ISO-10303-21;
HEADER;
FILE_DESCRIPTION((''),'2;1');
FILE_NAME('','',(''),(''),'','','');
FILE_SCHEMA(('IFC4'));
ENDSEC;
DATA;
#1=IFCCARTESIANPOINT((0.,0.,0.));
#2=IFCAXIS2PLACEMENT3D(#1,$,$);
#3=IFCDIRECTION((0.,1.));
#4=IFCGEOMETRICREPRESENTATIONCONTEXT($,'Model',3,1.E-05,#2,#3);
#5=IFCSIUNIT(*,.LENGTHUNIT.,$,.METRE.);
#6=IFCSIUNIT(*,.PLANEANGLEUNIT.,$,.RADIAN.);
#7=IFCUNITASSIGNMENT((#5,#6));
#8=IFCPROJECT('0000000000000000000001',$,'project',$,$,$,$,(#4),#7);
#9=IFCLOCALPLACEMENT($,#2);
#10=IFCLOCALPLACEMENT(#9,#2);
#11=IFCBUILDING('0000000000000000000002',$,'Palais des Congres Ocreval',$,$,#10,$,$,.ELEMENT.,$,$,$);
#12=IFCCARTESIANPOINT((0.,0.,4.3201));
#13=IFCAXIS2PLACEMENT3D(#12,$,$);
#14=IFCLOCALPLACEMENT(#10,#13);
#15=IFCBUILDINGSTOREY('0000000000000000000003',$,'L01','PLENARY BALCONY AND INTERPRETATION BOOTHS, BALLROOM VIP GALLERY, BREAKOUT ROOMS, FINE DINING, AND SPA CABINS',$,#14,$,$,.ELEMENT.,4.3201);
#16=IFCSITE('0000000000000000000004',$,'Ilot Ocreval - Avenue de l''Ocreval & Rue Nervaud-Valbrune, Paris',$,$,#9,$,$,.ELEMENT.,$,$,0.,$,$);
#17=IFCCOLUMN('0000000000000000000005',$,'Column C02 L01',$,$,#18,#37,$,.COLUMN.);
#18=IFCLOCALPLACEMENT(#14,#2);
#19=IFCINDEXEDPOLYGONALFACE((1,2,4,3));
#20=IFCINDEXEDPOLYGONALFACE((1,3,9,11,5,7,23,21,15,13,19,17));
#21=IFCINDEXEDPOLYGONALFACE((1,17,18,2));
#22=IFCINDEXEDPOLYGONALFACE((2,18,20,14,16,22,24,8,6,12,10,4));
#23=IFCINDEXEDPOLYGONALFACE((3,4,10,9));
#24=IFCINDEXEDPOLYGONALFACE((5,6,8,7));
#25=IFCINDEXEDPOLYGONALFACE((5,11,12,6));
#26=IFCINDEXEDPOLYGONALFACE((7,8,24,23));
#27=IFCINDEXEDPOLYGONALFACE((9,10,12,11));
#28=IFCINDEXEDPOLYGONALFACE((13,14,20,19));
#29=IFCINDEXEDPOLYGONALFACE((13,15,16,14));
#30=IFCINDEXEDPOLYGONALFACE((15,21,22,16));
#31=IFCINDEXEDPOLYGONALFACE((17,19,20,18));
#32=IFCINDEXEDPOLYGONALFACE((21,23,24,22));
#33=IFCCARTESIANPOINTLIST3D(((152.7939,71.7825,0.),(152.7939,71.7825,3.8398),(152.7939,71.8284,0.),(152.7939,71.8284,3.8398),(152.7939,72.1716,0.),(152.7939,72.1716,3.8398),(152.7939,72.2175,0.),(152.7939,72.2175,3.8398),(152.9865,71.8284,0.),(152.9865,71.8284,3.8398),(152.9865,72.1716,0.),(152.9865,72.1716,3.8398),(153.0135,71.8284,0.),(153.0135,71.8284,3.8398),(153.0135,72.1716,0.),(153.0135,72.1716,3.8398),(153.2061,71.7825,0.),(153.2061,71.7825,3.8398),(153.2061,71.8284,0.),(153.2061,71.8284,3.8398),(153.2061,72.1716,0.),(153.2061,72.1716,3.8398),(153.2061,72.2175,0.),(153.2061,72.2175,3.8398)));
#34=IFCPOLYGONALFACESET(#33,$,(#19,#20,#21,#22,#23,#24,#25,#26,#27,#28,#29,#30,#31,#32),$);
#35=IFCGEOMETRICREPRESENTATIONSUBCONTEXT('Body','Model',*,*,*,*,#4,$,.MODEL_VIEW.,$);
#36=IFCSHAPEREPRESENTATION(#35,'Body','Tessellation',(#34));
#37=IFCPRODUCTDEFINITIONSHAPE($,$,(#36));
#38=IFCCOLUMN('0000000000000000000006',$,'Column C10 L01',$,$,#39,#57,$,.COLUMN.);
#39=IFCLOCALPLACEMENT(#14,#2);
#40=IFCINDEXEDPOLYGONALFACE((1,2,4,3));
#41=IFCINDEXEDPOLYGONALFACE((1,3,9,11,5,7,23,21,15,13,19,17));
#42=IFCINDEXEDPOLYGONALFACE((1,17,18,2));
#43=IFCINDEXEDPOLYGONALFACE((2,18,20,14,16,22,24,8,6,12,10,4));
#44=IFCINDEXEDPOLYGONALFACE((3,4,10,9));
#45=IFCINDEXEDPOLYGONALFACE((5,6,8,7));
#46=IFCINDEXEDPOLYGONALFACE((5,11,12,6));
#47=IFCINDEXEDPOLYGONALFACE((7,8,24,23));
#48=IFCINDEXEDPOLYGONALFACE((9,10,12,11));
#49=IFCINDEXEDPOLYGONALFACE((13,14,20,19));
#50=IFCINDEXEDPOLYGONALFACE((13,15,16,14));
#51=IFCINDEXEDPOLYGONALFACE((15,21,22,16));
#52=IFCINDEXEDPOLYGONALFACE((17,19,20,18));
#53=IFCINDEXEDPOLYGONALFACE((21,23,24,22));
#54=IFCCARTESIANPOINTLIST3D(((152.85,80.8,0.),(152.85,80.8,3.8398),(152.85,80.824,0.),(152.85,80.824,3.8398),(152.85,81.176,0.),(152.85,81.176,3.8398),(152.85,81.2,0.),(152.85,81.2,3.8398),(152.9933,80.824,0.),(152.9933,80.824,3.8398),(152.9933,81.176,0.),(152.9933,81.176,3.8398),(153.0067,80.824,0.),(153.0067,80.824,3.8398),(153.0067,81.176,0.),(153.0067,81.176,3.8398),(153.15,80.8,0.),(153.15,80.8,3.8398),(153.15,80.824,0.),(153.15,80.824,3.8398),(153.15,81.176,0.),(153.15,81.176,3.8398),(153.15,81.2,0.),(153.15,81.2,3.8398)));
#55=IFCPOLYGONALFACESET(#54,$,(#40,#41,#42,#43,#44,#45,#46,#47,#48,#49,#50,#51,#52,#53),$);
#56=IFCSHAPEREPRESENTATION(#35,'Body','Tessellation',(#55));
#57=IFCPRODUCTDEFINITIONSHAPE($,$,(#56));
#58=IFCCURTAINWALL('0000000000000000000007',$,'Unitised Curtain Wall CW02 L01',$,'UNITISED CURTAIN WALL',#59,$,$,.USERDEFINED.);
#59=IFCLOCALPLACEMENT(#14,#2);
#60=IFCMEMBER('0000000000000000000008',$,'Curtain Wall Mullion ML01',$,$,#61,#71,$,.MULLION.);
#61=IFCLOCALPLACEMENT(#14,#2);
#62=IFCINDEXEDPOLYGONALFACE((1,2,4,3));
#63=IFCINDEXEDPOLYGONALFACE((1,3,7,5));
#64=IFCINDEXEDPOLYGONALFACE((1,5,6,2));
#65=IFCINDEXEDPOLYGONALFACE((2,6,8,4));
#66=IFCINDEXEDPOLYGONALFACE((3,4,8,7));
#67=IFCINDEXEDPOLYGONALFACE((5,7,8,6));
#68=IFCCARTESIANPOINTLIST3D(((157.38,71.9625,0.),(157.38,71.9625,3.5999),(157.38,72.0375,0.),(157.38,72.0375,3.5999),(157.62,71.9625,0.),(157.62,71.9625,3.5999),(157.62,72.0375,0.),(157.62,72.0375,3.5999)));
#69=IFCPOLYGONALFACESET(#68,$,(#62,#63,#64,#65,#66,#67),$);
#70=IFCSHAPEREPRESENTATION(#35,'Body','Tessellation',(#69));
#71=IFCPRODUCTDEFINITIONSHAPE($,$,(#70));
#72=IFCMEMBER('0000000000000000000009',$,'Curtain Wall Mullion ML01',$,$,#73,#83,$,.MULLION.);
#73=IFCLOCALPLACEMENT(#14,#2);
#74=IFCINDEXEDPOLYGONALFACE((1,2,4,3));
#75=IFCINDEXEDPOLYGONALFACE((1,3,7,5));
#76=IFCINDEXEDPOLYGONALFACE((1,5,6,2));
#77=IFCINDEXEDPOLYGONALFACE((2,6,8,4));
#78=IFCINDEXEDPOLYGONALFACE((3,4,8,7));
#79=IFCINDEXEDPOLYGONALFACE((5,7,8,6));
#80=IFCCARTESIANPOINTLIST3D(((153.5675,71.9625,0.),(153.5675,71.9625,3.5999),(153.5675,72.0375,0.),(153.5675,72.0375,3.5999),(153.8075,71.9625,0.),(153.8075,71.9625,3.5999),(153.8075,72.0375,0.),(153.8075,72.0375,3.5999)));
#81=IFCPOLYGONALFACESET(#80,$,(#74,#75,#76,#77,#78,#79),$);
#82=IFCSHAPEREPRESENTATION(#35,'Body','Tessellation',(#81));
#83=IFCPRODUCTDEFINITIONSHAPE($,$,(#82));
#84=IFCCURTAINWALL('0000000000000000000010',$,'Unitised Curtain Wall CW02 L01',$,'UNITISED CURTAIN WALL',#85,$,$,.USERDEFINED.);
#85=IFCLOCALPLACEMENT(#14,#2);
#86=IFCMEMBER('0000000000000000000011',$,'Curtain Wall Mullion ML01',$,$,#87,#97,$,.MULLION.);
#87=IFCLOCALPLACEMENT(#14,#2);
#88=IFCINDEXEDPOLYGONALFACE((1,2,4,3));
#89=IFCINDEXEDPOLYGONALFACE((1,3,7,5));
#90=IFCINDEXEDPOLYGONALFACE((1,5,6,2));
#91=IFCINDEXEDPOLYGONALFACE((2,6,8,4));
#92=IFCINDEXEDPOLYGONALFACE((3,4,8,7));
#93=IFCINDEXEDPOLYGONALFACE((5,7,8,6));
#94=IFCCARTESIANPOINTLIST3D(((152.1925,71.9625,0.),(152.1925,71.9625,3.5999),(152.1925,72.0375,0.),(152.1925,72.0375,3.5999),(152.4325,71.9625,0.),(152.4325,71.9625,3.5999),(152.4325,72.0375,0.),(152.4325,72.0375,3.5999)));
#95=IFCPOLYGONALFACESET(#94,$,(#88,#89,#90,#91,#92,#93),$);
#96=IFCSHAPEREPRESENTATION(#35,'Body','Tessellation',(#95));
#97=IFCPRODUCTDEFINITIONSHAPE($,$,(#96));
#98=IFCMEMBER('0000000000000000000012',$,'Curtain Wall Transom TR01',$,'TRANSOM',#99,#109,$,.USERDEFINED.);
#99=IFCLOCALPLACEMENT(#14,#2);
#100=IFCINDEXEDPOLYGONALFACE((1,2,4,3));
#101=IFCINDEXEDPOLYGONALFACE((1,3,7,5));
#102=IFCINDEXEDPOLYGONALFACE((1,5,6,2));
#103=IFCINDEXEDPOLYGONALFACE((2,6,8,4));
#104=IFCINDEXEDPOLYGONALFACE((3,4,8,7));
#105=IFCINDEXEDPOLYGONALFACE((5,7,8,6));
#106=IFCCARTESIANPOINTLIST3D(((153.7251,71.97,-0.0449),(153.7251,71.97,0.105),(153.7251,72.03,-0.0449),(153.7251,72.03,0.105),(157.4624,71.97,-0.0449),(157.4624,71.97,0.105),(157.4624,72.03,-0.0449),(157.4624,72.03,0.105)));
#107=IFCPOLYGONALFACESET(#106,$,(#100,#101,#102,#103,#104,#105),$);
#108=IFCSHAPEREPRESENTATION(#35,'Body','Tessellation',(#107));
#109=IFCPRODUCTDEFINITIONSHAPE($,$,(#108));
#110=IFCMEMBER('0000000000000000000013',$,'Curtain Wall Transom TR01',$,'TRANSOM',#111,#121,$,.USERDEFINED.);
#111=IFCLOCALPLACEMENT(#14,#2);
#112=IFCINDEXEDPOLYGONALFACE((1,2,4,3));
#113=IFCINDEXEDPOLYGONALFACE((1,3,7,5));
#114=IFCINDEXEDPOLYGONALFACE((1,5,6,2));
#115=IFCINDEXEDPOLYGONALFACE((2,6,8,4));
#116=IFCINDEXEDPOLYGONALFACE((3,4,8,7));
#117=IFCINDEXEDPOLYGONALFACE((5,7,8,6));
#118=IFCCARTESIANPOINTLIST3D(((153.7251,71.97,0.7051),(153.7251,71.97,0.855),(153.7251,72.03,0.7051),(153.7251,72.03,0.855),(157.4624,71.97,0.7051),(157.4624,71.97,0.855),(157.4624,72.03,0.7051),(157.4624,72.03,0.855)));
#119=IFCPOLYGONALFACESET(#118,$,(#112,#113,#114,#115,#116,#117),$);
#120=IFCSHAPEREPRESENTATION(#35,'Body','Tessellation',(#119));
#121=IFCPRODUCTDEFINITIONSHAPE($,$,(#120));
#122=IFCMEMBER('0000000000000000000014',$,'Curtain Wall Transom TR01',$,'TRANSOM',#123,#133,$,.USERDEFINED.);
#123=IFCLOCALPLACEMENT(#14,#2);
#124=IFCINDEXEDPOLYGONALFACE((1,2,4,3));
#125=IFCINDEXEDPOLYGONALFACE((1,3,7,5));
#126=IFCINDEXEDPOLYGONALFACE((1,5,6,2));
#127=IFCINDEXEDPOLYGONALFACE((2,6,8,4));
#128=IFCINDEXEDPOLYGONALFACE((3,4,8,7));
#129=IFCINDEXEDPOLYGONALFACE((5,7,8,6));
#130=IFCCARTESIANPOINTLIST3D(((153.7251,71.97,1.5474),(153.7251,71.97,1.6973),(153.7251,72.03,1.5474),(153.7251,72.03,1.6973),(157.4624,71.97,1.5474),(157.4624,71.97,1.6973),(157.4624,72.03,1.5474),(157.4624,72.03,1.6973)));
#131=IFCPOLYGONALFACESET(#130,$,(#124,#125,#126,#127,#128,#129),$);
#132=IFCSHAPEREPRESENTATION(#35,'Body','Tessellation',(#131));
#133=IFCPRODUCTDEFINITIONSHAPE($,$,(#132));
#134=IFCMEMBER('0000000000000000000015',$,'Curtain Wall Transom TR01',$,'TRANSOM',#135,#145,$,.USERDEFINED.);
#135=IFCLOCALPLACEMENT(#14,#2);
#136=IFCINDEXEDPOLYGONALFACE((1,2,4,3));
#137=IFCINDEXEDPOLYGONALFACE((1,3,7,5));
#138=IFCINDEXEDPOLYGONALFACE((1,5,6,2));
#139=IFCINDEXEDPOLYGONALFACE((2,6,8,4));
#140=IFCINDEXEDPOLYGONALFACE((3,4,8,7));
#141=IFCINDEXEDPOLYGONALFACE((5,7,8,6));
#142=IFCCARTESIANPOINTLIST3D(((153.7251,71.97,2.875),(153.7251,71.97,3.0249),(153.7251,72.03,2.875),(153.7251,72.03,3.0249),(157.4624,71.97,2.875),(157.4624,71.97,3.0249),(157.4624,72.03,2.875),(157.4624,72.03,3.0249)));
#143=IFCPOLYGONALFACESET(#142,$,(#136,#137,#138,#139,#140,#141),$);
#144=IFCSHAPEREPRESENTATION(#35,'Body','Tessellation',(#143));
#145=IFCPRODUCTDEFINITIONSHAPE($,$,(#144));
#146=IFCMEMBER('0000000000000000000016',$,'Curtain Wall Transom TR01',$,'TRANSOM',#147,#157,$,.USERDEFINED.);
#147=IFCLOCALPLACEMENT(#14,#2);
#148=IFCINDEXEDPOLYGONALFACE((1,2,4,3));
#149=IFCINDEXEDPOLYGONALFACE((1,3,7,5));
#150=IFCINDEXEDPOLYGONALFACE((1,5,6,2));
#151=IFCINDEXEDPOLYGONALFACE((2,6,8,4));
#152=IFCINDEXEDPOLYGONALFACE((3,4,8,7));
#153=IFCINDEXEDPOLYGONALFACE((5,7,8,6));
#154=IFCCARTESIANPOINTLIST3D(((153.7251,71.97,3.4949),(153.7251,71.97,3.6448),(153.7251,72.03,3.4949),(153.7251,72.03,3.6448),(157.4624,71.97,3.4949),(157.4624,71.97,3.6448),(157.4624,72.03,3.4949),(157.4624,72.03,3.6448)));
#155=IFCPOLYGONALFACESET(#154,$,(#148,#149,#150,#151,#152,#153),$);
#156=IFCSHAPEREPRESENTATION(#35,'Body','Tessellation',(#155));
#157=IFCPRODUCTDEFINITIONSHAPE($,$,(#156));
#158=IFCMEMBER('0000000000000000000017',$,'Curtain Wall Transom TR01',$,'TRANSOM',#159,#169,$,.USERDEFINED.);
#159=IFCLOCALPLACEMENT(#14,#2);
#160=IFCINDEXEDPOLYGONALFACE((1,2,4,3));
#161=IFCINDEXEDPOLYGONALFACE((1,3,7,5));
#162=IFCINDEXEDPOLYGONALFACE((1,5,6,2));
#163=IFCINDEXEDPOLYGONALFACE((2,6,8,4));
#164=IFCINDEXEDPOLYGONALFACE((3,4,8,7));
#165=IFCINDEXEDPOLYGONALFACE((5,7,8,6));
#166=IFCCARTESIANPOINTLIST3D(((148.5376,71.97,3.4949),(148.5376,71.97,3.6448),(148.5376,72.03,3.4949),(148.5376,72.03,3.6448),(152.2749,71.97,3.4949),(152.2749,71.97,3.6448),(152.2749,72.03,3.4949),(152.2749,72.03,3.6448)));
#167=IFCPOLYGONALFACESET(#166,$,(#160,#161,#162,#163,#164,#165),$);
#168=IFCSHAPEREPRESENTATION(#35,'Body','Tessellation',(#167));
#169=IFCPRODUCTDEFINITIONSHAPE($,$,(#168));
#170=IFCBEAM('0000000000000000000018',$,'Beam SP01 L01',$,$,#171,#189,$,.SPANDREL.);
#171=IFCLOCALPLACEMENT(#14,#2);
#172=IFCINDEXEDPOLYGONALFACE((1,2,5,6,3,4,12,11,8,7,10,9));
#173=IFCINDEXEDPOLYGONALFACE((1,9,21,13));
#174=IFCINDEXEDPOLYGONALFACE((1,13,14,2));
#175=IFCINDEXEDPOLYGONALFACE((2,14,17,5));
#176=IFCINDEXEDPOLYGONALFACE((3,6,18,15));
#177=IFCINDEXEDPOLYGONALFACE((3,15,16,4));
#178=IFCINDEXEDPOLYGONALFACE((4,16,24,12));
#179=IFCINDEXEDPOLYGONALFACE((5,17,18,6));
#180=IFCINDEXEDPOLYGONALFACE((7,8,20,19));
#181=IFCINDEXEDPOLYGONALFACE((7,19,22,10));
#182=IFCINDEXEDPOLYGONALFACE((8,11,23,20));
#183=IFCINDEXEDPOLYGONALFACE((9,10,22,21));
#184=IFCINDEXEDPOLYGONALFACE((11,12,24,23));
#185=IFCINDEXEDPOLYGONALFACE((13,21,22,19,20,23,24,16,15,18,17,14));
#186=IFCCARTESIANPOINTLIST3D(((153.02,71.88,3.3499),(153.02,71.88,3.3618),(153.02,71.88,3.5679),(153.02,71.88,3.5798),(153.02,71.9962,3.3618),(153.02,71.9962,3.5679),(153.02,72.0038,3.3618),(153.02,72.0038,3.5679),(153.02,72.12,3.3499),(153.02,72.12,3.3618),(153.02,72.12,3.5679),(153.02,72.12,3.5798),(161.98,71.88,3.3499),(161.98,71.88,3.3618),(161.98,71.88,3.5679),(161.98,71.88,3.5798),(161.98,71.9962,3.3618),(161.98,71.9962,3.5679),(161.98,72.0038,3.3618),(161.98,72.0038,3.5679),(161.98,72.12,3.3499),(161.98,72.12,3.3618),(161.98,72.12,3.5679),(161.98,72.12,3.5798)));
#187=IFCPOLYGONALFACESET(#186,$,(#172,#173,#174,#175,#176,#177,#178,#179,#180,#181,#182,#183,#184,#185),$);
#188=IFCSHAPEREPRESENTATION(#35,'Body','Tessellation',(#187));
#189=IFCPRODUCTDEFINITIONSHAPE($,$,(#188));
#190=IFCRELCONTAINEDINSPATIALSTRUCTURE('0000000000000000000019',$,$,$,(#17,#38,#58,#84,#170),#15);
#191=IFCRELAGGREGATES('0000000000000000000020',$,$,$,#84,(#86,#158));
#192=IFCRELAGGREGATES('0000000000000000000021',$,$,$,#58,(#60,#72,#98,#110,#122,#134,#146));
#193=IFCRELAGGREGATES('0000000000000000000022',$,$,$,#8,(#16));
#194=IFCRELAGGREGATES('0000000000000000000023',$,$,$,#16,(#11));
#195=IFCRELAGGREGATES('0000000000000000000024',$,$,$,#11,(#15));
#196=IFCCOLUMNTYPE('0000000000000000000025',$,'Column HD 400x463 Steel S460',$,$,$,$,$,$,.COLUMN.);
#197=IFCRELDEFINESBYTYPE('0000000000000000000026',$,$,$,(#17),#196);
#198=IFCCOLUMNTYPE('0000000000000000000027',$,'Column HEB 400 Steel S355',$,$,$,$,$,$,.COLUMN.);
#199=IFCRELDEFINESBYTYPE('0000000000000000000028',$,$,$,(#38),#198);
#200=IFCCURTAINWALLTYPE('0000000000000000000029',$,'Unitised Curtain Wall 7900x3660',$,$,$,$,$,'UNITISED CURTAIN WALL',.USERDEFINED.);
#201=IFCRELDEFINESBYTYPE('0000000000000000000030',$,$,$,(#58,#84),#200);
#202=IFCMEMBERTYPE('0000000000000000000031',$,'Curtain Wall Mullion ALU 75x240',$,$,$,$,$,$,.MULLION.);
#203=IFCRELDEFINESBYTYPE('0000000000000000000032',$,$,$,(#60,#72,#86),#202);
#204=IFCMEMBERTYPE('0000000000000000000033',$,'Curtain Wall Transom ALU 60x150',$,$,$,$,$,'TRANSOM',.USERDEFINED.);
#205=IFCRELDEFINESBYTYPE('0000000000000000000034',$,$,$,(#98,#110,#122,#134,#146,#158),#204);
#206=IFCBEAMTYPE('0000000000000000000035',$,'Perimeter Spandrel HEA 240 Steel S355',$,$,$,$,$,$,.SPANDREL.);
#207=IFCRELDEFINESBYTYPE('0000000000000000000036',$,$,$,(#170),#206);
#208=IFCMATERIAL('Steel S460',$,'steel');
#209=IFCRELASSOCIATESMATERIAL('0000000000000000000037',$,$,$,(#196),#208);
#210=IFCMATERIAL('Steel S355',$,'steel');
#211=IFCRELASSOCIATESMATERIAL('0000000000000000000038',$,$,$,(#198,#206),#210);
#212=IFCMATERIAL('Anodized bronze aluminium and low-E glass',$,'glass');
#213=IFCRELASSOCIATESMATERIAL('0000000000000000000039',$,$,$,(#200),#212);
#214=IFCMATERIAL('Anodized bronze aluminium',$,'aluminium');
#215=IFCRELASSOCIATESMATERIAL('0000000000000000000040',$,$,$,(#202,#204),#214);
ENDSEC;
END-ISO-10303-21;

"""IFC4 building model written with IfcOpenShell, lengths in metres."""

from ifc_helpers import new_model, si_unit, direction, frame, origin, origin_2d, place, context, subcontext, project, spatial, rectangle, i_section, extrude, material, material_profile, profile_set, type_object, element, aggregate, save


model = new_model("IFC4")

# Units and contexts
model_context = context("Model", 3, precision=1e-05, world=origin(), true_north=direction((0.0, 1.0)))
body_context = subcontext(model_context, "Body", "Model", "MODEL_VIEW")
ifc_project = project(units=[si_unit("LENGTHUNIT", "METRE"), si_unit("PLANEANGLEUNIT", "RADIAN")], contexts=[model_context])

# Site, building, storey
site_placement = place(None, origin())
site = spatial("IfcSite", under=ifc_project, at=site_placement, Name="Ilot Ocreval - Avenue de l'Ocreval & Rue Nervaud-Valbrune, Paris", CompositionType="ELEMENT", RefElevation=0.0)
building_placement = place(site_placement, origin())
building = spatial("IfcBuilding", under=site, at=building_placement, Name="Palais des Congres Ocreval", CompositionType="ELEMENT")
storey_placement = place(building_placement, frame((0.0, 0.0, 4.3201)))
storey = spatial("IfcBuildingStorey", under=building, at=storey_placement, Name="L01", Description="PLENARY BALCONY AND INTERPRETATION BOOTHS, BALLROOM VIP GALLERY, BREAKOUT ROOMS, FINE DINING, AND SPA CABINS", CompositionType="ELEMENT", Elevation=4.3201)

# Columns
ifc_material_1 = material(Name="Steel S460", Category="steel")
ifc_material_profile_1 = material_profile(ifc_material_1, i_section(OverallWidth=0.4121, OverallDepth=0.4351, WebThickness=0.0271, FlangeThickness=0.0459, at=origin_2d()), Name="HD 400x463")
ifc_profile_set_1 = profile_set([ifc_material_profile_1], Name="Steel S460")
column_type_1 = type_object("IfcColumnType", Name="Column HD 400x463 Steel S460", PredefinedType="COLUMN", material=ifc_profile_set_1)
column_1_placement = place(storey_placement, frame((153.0, 72.0, 0.0), z_axis=(0.0, 0.0, 1.0), x_axis=(1.0, 0.0, 0.0)))
element("IfcColumn", 1, at=column_1_placement, inside=storey, type_object=column_type_1, Name="Column C02 L01", PredefinedType="COLUMN", context=body_context, shape_type="SweptSolid", body=[
    extrude(i_section(OverallWidth=0.4121, OverallDepth=0.4351, WebThickness=0.0271, FlangeThickness=0.0459, at=origin_2d()), origin(), (0.0, 0.0, 1.0), 3.8398),
])
ifc_material_2 = material(Name="Steel S355", Category="steel")
ifc_material_profile_2 = material_profile(ifc_material_2, i_section(OverallWidth=0.3, OverallDepth=0.3999, WebThickness=0.0134, FlangeThickness=0.0239, at=origin_2d()), Name="HEB 400")
ifc_profile_set_2 = profile_set([ifc_material_profile_2], Name="Steel S355")
column_type_2 = type_object("IfcColumnType", Name="Column HEB 400 Steel S355", PredefinedType="COLUMN", material=ifc_profile_set_2)
column_2_placement = place(storey_placement, frame((153.0, 81.0, 0.0), z_axis=(0.0, 0.0, 1.0), x_axis=(1.0, 0.0, 0.0)))
element("IfcColumn", 2, at=column_2_placement, inside=storey, type_object=column_type_2, Name="Column C10 L01", PredefinedType="COLUMN", context=body_context, shape_type="SweptSolid", body=[
    extrude(i_section(OverallWidth=0.3, OverallDepth=0.3999, WebThickness=0.0134, FlangeThickness=0.0239, at=origin_2d()), origin(), (0.0, 0.0, 1.0), 3.8398),
])

# Curtain wall, members
ifc_material_3 = material(Name="Anodized bronze aluminium and low-E glass", Category="glass")
curtain_wall_type = type_object("IfcCurtainWallType", Name="Unitised Curtain Wall 7900x3660", ElementType="UNITISED CURTAIN WALL", PredefinedType="USERDEFINED", material=ifc_material_3)
curtain_wall_1_placement = place(storey_placement, origin())
curtain_wall_1 = element("IfcCurtainWall", 3, at=curtain_wall_1_placement, inside=storey, type_object=curtain_wall_type, Name="Unitised Curtain Wall CW02 L01", ObjectType="UNITISED CURTAIN WALL", PredefinedType="USERDEFINED")
ifc_material_4 = material(Name="Anodized bronze aluminium", Category="aluminium")
ifc_material_profile_3 = material_profile(ifc_material_4, rectangle(XDim=0.075, YDim=0.24, at=origin_2d()), Name="ALU 75x240")
ifc_profile_set_3 = profile_set([ifc_material_profile_3], Name="Anodized bronze aluminium")
member_type_1 = type_object("IfcMemberType", Name="Curtain Wall Mullion ALU 75x240", PredefinedType="MULLION", material=ifc_profile_set_3)
member_1_placement = place(storey_placement, frame((157.5, 72.0, 0.0), z_axis=(0.0, 0.0, 1.0), x_axis=(0.0, -1.0, 0.0)))
member_1 = element("IfcMember", 4, at=member_1_placement, type_object=member_type_1, Name="Curtain Wall Mullion ML01", PredefinedType="MULLION", context=body_context, shape_type="SweptSolid", body=[
    extrude(rectangle(XDim=0.075, YDim=0.24, at=origin_2d()), origin(), (0.0, 0.0, 1.0), 3.5999),
])
member_2_placement = place(storey_placement, frame((153.6875, 72.0, 0.0), z_axis=(0.0, 0.0, 1.0), x_axis=(0.0, -1.0, 0.0)))
member_2 = element("IfcMember", 5, at=member_2_placement, type_object=member_type_1, Name="Curtain Wall Mullion ML01", PredefinedType="MULLION", context=body_context, shape_type="SweptSolid", body=[
    extrude(rectangle(XDim=0.075, YDim=0.24, at=origin_2d()), origin(), (0.0, 0.0, 1.0), 3.5999),
])

# Curtain wall, member
curtain_wall_2_placement = place(storey_placement, origin())
curtain_wall_2 = element("IfcCurtainWall", 6, at=curtain_wall_2_placement, inside=storey, type_object=curtain_wall_type, Name="Unitised Curtain Wall CW02 L01", ObjectType="UNITISED CURTAIN WALL", PredefinedType="USERDEFINED")
member_3_placement = place(storey_placement, frame((152.3125, 72.0, 0.0), z_axis=(0.0, 0.0, 1.0), x_axis=(0.0, -1.0, 0.0)))
member_3 = element("IfcMember", 7, at=member_3_placement, type_object=member_type_1, Name="Curtain Wall Mullion ML01", PredefinedType="MULLION", context=body_context, shape_type="SweptSolid", body=[
    extrude(rectangle(XDim=0.075, YDim=0.24, at=origin_2d()), origin(), (0.0, 0.0, 1.0), 3.5999),
])

# Members
ifc_material_profile_4 = material_profile(ifc_material_4, rectangle(XDim=0.0601, YDim=0.1499, at=origin_2d()), Name="ALU 60x150")
ifc_profile_set_4 = profile_set([ifc_material_profile_4], Name="Anodized bronze aluminium")
member_type_2 = type_object("IfcMemberType", Name="Curtain Wall Transom ALU 60x150", ElementType="TRANSOM", PredefinedType="USERDEFINED", material=ifc_profile_set_4)
member_4_placement = place(storey_placement, frame((157.4624, 72.0, 0.03), z_axis=(-1.0, 0.0, 0.0), x_axis=(0.0, -1.0, 0.0)))
member_4 = element("IfcMember", 8, at=member_4_placement, type_object=member_type_2, Name="Curtain Wall Transom TR01", ObjectType="TRANSOM", PredefinedType="USERDEFINED", context=body_context, shape_type="SweptSolid", body=[
    extrude(rectangle(XDim=0.0601, YDim=0.1499, at=origin_2d()), origin(), (0.0, 0.0, 1.0), 3.7373),
])
member_5_placement = place(storey_placement, frame((157.4624, 72.0, 0.78), z_axis=(-1.0, 0.0, 0.0), x_axis=(0.0, -1.0, 0.0)))
member_5 = element("IfcMember", 9, at=member_5_placement, type_object=member_type_2, Name="Curtain Wall Transom TR01", ObjectType="TRANSOM", PredefinedType="USERDEFINED", context=body_context, shape_type="SweptSolid", body=[
    extrude(rectangle(XDim=0.0601, YDim=0.1499, at=origin_2d()), origin(), (0.0, 0.0, 1.0), 3.7373),
])
member_6_placement = place(storey_placement, frame((157.4624, 72.0, 1.6223), z_axis=(-1.0, 0.0, 0.0), x_axis=(0.0, -1.0, 0.0)))
member_6 = element("IfcMember", 10, at=member_6_placement, type_object=member_type_2, Name="Curtain Wall Transom TR01", ObjectType="TRANSOM", PredefinedType="USERDEFINED", context=body_context, shape_type="SweptSolid", body=[
    extrude(rectangle(XDim=0.0601, YDim=0.1499, at=origin_2d()), origin(), (0.0, 0.0, 1.0), 3.7373),
])
member_7_placement = place(storey_placement, frame((157.4624, 72.0, 2.95), z_axis=(-1.0, 0.0, 0.0), x_axis=(0.0, -1.0, 0.0)))
member_7 = element("IfcMember", 11, at=member_7_placement, type_object=member_type_2, Name="Curtain Wall Transom TR01", ObjectType="TRANSOM", PredefinedType="USERDEFINED", context=body_context, shape_type="SweptSolid", body=[
    extrude(rectangle(XDim=0.0601, YDim=0.1499, at=origin_2d()), origin(), (0.0, 0.0, 1.0), 3.7373),
])
member_8_placement = place(storey_placement, frame((157.4624, 72.0, 3.5698), z_axis=(-1.0, 0.0, 0.0), x_axis=(0.0, -1.0, 0.0)))
member_8 = element("IfcMember", 12, at=member_8_placement, type_object=member_type_2, Name="Curtain Wall Transom TR01", ObjectType="TRANSOM", PredefinedType="USERDEFINED", context=body_context, shape_type="SweptSolid", body=[
    extrude(rectangle(XDim=0.0601, YDim=0.1499, at=origin_2d()), origin(), (0.0, 0.0, 1.0), 3.7373),
])
member_9_placement = place(storey_placement, frame((152.2749, 72.0, 3.5698), z_axis=(-1.0, 0.0, 0.0), x_axis=(0.0, -1.0, 0.0)))
member_9 = element("IfcMember", 13, at=member_9_placement, type_object=member_type_2, Name="Curtain Wall Transom TR01", ObjectType="TRANSOM", PredefinedType="USERDEFINED", context=body_context, shape_type="SweptSolid", body=[
    extrude(rectangle(XDim=0.0601, YDim=0.1499, at=origin_2d()), origin(), (0.0, 0.0, 1.0), 3.7373),
])
aggregate(curtain_wall_2, [member_3, member_9])

# Beam
ifc_material_profile_5 = material_profile(ifc_material_2, i_section(OverallWidth=0.24, OverallDepth=0.23, WebThickness=0.0076, FlangeThickness=0.012, at=origin_2d()), Name="HEA 240")
ifc_profile_set_5 = profile_set([ifc_material_profile_5], Name="Steel S355")
beam_type_1 = type_object("IfcBeamType", Name="Perimeter Spandrel HEA 240 Steel S355", PredefinedType="SPANDREL", material=ifc_profile_set_5)
for number, where, z_axis, x_axis, name in (
    (14, (153.02, 72.0, 3.4648), (1.0, 0.0, 0.0), (0.0, 1.0, 0.0), "Beam SP01 L01"),
):
    element("IfcBeam", number, at=place(storey_placement, frame(where, z_axis=z_axis, x_axis=x_axis)), inside=storey, type_object=beam_type_1, Name=name, PredefinedType="SPANDREL", context=body_context, shape_type="SweptSolid", body=[
        extrude(i_section(OverallWidth=0.24, OverallDepth=0.23, WebThickness=0.0076, FlangeThickness=0.012, at=origin_2d()), origin(), (0.0, 0.0, 1.0), 8.96),
    ])

aggregate(curtain_wall_1, [member_1, member_2, member_4, member_5, member_6, member_7, member_8])

save(model, "model.ifc")
